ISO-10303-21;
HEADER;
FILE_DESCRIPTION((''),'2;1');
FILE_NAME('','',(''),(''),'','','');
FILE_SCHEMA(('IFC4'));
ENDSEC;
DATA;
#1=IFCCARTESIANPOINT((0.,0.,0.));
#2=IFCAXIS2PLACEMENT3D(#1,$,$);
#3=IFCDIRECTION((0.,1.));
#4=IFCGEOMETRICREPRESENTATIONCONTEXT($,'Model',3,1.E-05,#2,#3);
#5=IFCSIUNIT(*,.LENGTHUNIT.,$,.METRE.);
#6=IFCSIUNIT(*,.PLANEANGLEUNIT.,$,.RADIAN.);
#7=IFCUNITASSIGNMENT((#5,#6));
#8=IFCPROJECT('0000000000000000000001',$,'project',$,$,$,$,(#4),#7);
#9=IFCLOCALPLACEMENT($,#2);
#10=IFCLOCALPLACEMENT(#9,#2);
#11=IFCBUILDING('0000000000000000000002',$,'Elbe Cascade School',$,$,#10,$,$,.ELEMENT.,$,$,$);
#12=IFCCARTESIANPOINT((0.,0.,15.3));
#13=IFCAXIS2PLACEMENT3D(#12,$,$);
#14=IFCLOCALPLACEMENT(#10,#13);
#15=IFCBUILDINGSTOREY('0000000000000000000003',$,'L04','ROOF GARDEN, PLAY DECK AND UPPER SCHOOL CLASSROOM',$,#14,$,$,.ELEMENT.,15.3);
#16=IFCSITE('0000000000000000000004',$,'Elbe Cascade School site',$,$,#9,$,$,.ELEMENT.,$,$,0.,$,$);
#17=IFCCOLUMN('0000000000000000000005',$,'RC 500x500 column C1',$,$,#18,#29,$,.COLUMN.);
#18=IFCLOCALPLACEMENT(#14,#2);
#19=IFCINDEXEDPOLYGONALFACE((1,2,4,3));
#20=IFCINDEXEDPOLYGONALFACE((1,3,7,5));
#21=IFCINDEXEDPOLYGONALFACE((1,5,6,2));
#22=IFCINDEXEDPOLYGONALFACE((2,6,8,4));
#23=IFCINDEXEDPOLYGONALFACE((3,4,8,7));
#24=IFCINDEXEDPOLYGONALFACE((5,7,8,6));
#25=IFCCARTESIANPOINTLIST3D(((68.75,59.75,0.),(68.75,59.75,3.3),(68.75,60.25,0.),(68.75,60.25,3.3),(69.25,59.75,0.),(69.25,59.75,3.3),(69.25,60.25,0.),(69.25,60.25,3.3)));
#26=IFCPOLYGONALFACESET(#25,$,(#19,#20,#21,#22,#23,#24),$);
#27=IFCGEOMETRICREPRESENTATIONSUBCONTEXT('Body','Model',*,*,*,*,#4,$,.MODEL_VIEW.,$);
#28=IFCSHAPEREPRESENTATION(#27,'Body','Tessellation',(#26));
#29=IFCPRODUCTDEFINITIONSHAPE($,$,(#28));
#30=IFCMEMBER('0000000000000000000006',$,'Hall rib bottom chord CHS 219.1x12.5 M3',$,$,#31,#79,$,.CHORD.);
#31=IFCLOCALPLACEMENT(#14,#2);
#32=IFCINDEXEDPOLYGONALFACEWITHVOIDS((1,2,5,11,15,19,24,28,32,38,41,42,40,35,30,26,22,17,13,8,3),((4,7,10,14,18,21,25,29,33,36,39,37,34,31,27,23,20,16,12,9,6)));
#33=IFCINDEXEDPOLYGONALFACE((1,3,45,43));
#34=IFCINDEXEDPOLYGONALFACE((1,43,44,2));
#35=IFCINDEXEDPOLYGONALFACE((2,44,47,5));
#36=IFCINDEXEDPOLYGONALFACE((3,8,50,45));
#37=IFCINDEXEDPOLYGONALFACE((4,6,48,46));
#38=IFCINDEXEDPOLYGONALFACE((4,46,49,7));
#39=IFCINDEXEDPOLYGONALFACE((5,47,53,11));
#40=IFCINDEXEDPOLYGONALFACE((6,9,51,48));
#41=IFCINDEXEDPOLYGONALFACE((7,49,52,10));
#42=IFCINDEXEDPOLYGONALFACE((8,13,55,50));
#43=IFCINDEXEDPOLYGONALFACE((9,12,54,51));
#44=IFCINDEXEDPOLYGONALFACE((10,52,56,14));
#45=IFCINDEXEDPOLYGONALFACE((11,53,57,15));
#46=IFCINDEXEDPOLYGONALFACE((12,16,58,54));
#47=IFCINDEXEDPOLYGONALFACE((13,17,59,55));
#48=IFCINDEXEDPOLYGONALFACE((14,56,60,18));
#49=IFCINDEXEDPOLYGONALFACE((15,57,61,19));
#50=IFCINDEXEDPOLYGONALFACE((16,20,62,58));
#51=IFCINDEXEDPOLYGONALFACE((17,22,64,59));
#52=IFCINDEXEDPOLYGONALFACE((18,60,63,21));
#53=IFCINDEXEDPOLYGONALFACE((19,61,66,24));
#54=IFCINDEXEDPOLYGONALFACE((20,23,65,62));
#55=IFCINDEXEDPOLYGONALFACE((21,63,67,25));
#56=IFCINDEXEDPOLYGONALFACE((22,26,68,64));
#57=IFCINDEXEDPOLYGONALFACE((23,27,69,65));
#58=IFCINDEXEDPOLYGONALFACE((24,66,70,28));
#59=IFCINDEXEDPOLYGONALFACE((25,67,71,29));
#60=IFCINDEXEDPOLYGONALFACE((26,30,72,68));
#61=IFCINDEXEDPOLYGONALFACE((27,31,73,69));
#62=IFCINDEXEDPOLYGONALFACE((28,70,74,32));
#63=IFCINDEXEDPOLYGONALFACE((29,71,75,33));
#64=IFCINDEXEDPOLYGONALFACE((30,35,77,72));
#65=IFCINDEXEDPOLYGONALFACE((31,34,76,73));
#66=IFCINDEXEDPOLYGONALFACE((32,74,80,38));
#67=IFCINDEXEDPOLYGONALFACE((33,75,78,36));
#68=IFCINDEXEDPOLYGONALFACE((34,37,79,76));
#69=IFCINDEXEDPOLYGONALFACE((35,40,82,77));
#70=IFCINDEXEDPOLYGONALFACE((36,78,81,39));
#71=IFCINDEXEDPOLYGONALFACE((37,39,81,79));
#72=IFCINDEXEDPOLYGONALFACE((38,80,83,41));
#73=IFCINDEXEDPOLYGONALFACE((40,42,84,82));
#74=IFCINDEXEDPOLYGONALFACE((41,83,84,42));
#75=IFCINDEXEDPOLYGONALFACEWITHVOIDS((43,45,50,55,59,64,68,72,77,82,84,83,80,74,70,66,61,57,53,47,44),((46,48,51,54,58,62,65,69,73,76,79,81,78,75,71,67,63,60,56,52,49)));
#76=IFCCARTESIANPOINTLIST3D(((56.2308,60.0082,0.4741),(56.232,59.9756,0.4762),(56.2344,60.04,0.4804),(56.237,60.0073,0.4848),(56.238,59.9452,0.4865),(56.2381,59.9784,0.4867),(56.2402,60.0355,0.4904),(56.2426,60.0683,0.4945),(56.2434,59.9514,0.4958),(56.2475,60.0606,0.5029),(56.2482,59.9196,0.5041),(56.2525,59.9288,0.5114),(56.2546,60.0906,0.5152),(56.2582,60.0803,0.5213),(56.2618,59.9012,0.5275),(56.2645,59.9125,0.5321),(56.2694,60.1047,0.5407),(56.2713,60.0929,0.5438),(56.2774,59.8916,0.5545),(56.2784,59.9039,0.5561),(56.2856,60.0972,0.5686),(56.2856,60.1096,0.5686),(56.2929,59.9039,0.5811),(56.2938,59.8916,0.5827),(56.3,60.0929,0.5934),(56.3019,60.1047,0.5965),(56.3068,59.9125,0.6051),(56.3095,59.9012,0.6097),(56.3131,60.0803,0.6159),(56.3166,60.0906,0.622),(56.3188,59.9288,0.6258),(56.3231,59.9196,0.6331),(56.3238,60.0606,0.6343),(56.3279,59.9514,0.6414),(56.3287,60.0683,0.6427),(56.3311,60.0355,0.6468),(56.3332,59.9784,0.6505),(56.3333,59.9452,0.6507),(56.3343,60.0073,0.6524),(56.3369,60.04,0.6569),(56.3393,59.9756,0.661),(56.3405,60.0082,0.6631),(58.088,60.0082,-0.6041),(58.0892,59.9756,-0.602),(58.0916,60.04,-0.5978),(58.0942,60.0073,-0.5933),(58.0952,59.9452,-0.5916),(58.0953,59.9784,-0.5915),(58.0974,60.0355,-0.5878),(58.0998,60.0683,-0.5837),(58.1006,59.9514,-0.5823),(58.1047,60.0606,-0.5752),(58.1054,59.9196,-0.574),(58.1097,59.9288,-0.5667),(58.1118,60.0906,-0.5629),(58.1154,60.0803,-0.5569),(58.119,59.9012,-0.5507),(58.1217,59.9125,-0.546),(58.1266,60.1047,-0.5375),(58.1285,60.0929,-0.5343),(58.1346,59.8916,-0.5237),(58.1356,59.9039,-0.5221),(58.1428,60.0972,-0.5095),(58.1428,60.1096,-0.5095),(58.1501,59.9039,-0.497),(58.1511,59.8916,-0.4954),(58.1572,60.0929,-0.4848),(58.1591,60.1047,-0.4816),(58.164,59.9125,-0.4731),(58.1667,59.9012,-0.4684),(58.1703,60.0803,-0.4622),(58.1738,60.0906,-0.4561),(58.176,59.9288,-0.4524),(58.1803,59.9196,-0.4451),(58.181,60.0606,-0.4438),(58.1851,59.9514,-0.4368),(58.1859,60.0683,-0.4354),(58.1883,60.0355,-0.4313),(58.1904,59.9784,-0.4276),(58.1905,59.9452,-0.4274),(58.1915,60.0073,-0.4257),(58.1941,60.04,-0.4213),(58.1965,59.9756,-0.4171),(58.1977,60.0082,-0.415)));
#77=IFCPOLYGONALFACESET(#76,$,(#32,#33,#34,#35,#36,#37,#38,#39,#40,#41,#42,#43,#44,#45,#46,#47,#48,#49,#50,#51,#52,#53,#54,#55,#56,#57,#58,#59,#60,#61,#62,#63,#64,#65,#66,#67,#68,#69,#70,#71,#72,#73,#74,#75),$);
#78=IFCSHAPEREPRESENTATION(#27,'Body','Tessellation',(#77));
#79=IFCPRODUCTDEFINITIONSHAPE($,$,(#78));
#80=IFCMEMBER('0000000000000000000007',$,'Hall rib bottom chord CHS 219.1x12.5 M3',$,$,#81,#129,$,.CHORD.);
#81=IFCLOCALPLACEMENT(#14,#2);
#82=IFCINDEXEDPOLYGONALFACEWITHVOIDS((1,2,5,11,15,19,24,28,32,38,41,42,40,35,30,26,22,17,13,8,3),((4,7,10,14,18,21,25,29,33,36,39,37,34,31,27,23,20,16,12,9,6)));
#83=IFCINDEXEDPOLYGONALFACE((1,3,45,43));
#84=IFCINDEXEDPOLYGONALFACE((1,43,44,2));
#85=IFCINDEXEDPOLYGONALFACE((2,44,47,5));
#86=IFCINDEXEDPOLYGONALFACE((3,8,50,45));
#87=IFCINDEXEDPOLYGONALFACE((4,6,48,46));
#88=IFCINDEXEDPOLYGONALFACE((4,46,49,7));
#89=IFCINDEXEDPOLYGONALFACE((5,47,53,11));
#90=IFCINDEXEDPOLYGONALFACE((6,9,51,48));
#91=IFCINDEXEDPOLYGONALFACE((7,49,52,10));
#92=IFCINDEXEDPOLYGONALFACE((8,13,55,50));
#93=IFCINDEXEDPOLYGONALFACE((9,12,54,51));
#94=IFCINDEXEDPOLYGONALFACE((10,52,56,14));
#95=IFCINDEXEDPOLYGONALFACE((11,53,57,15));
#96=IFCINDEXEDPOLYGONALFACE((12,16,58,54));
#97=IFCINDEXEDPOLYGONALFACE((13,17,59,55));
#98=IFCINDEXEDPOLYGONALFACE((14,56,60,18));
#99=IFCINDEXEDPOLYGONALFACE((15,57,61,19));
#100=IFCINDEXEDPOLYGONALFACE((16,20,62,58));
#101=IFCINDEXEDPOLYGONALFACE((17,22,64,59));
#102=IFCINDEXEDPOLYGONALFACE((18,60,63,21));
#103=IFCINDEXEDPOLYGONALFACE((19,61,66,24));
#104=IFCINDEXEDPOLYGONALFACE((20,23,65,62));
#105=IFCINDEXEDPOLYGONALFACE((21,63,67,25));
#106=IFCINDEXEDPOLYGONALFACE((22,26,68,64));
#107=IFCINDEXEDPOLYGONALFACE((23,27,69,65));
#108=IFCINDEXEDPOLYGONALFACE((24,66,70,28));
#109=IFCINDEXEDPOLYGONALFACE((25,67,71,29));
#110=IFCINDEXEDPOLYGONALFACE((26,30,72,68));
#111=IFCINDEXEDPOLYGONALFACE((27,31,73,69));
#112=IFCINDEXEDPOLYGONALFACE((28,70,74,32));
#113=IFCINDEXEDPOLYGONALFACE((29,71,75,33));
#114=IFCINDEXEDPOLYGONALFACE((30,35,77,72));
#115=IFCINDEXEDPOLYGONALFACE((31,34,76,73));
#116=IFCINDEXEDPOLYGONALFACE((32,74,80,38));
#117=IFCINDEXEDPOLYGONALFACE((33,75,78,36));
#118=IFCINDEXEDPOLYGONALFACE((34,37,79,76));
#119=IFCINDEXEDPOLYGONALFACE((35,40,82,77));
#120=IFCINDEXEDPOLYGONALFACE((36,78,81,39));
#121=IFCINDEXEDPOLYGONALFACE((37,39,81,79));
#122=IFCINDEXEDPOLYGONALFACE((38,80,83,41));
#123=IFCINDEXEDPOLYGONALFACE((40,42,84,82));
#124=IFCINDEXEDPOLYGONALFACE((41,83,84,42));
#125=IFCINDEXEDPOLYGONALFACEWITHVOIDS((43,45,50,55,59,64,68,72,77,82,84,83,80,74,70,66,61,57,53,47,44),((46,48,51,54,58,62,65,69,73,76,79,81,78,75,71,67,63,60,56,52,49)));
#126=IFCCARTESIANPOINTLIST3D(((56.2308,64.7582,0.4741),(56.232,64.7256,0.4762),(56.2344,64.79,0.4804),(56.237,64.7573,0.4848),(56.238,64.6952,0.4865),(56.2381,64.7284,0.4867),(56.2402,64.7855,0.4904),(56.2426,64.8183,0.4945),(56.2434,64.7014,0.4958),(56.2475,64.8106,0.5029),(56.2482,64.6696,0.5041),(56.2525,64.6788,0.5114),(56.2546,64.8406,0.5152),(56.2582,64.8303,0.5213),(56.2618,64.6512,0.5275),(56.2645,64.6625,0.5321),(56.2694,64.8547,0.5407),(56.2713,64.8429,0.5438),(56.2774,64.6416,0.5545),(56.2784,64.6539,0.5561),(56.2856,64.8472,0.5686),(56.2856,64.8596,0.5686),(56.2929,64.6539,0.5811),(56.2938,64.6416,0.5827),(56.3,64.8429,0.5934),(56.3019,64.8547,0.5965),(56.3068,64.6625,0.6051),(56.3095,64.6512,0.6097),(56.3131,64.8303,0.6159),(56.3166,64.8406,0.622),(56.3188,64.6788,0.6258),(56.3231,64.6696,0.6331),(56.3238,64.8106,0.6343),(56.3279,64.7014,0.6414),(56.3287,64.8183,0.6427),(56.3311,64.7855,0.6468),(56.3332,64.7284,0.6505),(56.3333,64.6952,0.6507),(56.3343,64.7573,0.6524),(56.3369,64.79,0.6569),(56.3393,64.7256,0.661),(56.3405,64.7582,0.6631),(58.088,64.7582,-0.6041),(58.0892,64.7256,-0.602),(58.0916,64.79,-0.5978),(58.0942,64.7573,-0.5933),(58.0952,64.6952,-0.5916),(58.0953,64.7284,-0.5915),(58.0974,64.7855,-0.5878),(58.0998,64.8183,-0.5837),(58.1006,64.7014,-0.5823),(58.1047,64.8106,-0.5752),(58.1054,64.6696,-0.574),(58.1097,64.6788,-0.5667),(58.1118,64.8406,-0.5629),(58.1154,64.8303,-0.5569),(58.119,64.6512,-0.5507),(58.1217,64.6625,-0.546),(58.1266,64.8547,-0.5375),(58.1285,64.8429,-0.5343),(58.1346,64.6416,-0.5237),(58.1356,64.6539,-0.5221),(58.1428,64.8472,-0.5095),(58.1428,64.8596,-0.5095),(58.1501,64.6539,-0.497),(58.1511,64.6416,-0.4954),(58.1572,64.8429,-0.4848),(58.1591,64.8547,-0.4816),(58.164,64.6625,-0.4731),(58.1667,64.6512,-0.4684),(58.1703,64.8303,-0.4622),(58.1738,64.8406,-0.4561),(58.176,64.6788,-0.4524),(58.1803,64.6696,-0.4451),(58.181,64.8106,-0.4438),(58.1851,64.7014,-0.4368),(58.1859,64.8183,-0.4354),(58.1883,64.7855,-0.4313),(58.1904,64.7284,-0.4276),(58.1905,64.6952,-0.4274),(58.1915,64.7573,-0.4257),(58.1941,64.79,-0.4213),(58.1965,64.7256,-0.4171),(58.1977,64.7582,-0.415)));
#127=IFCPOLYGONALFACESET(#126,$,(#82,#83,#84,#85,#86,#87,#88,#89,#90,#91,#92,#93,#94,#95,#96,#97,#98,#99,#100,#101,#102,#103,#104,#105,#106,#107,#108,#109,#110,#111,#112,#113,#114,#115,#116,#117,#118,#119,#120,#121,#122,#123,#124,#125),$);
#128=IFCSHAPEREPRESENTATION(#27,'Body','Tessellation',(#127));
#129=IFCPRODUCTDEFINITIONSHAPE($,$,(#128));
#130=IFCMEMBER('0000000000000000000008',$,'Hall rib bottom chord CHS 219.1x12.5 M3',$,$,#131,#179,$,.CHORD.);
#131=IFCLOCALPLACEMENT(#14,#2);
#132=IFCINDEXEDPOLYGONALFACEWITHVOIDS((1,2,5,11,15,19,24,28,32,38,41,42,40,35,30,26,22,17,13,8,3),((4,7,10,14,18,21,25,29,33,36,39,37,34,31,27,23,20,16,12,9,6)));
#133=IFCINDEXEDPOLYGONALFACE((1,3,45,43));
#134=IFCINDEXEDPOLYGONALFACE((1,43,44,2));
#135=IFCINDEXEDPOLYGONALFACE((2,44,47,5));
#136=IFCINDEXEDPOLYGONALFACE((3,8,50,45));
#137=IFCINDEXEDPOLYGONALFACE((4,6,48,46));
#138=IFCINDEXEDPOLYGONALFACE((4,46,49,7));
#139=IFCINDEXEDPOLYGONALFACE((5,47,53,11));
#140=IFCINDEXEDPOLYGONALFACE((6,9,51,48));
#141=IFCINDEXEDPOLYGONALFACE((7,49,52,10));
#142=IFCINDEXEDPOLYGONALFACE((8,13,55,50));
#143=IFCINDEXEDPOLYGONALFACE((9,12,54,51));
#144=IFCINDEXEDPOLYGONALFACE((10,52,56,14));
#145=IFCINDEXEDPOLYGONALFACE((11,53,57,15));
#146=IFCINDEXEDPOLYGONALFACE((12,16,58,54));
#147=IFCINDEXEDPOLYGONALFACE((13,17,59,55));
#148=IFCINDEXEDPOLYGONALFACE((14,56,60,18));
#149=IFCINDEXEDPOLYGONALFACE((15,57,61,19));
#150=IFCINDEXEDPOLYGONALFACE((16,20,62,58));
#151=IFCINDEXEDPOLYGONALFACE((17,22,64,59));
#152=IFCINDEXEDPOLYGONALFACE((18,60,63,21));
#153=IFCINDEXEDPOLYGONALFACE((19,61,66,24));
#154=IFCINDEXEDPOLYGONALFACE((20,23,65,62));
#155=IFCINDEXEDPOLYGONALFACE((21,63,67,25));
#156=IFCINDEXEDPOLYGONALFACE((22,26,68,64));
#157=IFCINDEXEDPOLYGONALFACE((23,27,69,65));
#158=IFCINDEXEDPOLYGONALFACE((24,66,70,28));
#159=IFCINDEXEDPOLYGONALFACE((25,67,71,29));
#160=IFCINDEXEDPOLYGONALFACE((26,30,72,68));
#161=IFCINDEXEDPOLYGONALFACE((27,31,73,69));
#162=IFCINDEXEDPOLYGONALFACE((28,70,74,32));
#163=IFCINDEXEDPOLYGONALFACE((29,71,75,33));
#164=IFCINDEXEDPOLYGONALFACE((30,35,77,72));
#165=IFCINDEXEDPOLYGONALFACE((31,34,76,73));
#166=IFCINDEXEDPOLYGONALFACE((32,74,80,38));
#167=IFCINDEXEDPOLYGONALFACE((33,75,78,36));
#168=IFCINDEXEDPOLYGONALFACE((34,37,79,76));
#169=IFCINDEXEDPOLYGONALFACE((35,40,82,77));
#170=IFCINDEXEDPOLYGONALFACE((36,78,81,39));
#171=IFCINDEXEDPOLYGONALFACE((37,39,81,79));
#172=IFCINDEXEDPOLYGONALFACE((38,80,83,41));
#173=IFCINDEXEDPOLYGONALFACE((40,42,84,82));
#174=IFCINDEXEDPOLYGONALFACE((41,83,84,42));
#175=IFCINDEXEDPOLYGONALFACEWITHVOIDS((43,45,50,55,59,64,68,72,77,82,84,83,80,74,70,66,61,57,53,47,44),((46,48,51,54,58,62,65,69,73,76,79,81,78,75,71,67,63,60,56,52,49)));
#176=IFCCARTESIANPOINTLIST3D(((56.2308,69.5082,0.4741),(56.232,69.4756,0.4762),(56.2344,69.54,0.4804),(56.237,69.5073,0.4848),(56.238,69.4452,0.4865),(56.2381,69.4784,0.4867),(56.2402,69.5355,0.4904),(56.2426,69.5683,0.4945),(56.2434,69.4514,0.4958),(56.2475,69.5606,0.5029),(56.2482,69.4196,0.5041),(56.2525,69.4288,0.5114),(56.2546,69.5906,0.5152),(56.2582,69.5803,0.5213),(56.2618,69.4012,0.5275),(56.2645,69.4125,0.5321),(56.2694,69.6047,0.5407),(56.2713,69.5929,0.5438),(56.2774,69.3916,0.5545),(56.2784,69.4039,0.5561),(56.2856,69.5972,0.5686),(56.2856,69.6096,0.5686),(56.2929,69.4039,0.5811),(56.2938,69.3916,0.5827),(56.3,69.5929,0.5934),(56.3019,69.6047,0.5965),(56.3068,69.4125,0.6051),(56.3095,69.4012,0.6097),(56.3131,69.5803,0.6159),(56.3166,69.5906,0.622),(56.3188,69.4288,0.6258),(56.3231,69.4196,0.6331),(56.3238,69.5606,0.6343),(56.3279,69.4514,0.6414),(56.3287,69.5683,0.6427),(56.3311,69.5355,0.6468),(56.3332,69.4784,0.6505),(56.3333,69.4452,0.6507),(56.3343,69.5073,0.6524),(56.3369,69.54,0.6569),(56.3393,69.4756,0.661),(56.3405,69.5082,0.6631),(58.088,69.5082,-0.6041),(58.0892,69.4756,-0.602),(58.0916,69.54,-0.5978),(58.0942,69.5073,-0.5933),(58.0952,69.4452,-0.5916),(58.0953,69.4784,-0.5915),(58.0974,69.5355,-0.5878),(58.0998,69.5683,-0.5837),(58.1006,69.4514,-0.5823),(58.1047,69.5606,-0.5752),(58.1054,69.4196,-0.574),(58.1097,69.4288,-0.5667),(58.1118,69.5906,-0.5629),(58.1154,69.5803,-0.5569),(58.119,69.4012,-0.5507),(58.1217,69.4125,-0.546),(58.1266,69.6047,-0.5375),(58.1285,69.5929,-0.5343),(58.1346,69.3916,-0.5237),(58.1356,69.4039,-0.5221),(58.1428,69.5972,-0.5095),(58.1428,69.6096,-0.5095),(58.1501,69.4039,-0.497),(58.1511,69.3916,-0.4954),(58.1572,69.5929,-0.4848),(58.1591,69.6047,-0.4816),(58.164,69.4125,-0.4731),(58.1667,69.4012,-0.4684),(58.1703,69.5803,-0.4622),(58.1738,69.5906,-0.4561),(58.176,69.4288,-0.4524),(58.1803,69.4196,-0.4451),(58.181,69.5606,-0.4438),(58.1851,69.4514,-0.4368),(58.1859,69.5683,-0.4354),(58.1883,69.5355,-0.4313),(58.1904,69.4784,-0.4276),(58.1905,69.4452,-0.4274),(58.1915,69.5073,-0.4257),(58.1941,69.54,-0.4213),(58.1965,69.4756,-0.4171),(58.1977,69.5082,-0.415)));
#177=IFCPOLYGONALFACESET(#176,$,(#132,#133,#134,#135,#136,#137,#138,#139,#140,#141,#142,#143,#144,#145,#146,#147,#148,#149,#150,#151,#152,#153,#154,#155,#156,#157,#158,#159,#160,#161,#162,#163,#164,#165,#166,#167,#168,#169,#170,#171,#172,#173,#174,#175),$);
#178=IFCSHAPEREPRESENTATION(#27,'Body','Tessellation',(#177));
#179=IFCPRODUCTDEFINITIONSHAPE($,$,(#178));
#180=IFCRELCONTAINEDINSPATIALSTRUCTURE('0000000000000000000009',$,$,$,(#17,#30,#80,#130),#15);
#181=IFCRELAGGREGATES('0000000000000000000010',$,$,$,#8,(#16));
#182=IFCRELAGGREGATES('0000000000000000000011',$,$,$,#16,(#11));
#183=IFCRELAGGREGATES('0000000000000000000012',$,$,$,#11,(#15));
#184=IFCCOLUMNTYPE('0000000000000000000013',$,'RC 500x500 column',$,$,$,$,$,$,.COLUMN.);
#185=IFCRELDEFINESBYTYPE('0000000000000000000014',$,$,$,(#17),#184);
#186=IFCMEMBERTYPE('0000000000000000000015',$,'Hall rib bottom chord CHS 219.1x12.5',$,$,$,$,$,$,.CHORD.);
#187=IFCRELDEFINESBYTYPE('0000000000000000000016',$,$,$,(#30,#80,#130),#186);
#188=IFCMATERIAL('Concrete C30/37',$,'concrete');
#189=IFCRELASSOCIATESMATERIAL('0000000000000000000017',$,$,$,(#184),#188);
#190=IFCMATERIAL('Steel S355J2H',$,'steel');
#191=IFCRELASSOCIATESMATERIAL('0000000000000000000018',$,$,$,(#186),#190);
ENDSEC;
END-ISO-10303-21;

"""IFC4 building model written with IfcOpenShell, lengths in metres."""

from ifc_helpers import new_model, si_unit, direction, frame, origin, origin_2d, place, context, subcontext, project, spatial, rectangle, hollow_circle, extrude, material, material_profile, profile_set, type_object, element, save


model = new_model("IFC4")

# Units and contexts
model_context = context("Model", 3, precision=1e-05, world=origin(), true_north=direction((0.0, 1.0)))
body_context = subcontext(model_context, "Body", "Model", "MODEL_VIEW")
ifc_project = project(units=[si_unit("LENGTHUNIT", "METRE"), si_unit("PLANEANGLEUNIT", "RADIAN")], contexts=[model_context])

# Site, building, storey
site_placement = place(None, origin())
site = spatial("IfcSite", under=ifc_project, at=site_placement, Name="Elbe Cascade School site", CompositionType="ELEMENT", RefElevation=0.0)
building_placement = place(site_placement, origin())
building = spatial("IfcBuilding", under=site, at=building_placement, Name="Elbe Cascade School", CompositionType="ELEMENT")
storey_placement = place(building_placement, frame((0.0, 0.0, 15.3)))
storey = spatial("IfcBuildingStorey", under=building, at=storey_placement, Name="L04", Description="ROOF GARDEN, PLAY DECK AND UPPER SCHOOL CLASSROOM", CompositionType="ELEMENT", Elevation=15.3)

# Column
ifc_material_1 = material(Name="Concrete C30/37", Category="concrete")
ifc_material_profile_1 = material_profile(ifc_material_1, rectangle(XDim=0.5, YDim=0.5, at=origin_2d()), Name="RC 500x500")
ifc_profile_set_1 = profile_set([ifc_material_profile_1], Name="Concrete C30/37")
column_type = type_object("IfcColumnType", Name="RC 500x500 column", PredefinedType="COLUMN", material=ifc_profile_set_1)
column_placement = place(storey_placement, frame((69.0, 60.0, 0.0), z_axis=(0.0, 0.0, 1.0), x_axis=(1.0, 0.0, 0.0)))
element("IfcColumn", 1, at=column_placement, inside=storey, type_object=column_type, Name="RC 500x500 column C1", PredefinedType="COLUMN", context=body_context, shape_type="SweptSolid", body=[
    extrude(rectangle(XDim=0.5, YDim=0.5, at=origin_2d()), origin(), (0.0, 0.0, 1.0), 3.3),
])

# Members
ifc_material_2 = material(Name="Steel S355J2H", Category="steel")
ifc_material_profile_2 = material_profile(ifc_material_2, hollow_circle(Radius=0.1096, WallThickness=0.0125, at=origin_2d()), Name="CHS 219.1x12.5")
ifc_profile_set_2 = profile_set([ifc_material_profile_2], Name="Steel S355J2H")
member_type_1 = type_object("IfcMemberType", Name="Hall rib bottom chord CHS 219.1x12.5", PredefinedType="CHORD", material=ifc_profile_set_2)
for number, where, z_axis, x_axis, name in (
    (2, (56.2856, 60.0, 0.5686), (0.864837, 0.0, -0.502053), (0.0, 1.0, 0.0), "Hall rib bottom chord CHS 219.1x12.5 M3"),
    (3, (56.2856, 64.75, 0.5686), (0.864837, 0.0, -0.502053), (0.0, 1.0, 0.0), "Hall rib bottom chord CHS 219.1x12.5 M3"),
    (4, (56.2856, 69.5, 0.5686), (0.864837, 0.0, -0.502053), (0.0, 1.0, 0.0), "Hall rib bottom chord CHS 219.1x12.5 M3"),
):
    element("IfcMember", number, at=place(storey_placement, frame(where, z_axis=z_axis, x_axis=x_axis)), inside=storey, type_object=member_type_1, Name=name, PredefinedType="CHORD", context=body_context, shape_type="SweptSolid", body=[
        extrude(hollow_circle(Radius=0.1096, WallThickness=0.0125, at=origin_2d()), origin(), (0.0, 0.0, 1.0), 2.1475),
    ])

save(model, "model.ifc")
